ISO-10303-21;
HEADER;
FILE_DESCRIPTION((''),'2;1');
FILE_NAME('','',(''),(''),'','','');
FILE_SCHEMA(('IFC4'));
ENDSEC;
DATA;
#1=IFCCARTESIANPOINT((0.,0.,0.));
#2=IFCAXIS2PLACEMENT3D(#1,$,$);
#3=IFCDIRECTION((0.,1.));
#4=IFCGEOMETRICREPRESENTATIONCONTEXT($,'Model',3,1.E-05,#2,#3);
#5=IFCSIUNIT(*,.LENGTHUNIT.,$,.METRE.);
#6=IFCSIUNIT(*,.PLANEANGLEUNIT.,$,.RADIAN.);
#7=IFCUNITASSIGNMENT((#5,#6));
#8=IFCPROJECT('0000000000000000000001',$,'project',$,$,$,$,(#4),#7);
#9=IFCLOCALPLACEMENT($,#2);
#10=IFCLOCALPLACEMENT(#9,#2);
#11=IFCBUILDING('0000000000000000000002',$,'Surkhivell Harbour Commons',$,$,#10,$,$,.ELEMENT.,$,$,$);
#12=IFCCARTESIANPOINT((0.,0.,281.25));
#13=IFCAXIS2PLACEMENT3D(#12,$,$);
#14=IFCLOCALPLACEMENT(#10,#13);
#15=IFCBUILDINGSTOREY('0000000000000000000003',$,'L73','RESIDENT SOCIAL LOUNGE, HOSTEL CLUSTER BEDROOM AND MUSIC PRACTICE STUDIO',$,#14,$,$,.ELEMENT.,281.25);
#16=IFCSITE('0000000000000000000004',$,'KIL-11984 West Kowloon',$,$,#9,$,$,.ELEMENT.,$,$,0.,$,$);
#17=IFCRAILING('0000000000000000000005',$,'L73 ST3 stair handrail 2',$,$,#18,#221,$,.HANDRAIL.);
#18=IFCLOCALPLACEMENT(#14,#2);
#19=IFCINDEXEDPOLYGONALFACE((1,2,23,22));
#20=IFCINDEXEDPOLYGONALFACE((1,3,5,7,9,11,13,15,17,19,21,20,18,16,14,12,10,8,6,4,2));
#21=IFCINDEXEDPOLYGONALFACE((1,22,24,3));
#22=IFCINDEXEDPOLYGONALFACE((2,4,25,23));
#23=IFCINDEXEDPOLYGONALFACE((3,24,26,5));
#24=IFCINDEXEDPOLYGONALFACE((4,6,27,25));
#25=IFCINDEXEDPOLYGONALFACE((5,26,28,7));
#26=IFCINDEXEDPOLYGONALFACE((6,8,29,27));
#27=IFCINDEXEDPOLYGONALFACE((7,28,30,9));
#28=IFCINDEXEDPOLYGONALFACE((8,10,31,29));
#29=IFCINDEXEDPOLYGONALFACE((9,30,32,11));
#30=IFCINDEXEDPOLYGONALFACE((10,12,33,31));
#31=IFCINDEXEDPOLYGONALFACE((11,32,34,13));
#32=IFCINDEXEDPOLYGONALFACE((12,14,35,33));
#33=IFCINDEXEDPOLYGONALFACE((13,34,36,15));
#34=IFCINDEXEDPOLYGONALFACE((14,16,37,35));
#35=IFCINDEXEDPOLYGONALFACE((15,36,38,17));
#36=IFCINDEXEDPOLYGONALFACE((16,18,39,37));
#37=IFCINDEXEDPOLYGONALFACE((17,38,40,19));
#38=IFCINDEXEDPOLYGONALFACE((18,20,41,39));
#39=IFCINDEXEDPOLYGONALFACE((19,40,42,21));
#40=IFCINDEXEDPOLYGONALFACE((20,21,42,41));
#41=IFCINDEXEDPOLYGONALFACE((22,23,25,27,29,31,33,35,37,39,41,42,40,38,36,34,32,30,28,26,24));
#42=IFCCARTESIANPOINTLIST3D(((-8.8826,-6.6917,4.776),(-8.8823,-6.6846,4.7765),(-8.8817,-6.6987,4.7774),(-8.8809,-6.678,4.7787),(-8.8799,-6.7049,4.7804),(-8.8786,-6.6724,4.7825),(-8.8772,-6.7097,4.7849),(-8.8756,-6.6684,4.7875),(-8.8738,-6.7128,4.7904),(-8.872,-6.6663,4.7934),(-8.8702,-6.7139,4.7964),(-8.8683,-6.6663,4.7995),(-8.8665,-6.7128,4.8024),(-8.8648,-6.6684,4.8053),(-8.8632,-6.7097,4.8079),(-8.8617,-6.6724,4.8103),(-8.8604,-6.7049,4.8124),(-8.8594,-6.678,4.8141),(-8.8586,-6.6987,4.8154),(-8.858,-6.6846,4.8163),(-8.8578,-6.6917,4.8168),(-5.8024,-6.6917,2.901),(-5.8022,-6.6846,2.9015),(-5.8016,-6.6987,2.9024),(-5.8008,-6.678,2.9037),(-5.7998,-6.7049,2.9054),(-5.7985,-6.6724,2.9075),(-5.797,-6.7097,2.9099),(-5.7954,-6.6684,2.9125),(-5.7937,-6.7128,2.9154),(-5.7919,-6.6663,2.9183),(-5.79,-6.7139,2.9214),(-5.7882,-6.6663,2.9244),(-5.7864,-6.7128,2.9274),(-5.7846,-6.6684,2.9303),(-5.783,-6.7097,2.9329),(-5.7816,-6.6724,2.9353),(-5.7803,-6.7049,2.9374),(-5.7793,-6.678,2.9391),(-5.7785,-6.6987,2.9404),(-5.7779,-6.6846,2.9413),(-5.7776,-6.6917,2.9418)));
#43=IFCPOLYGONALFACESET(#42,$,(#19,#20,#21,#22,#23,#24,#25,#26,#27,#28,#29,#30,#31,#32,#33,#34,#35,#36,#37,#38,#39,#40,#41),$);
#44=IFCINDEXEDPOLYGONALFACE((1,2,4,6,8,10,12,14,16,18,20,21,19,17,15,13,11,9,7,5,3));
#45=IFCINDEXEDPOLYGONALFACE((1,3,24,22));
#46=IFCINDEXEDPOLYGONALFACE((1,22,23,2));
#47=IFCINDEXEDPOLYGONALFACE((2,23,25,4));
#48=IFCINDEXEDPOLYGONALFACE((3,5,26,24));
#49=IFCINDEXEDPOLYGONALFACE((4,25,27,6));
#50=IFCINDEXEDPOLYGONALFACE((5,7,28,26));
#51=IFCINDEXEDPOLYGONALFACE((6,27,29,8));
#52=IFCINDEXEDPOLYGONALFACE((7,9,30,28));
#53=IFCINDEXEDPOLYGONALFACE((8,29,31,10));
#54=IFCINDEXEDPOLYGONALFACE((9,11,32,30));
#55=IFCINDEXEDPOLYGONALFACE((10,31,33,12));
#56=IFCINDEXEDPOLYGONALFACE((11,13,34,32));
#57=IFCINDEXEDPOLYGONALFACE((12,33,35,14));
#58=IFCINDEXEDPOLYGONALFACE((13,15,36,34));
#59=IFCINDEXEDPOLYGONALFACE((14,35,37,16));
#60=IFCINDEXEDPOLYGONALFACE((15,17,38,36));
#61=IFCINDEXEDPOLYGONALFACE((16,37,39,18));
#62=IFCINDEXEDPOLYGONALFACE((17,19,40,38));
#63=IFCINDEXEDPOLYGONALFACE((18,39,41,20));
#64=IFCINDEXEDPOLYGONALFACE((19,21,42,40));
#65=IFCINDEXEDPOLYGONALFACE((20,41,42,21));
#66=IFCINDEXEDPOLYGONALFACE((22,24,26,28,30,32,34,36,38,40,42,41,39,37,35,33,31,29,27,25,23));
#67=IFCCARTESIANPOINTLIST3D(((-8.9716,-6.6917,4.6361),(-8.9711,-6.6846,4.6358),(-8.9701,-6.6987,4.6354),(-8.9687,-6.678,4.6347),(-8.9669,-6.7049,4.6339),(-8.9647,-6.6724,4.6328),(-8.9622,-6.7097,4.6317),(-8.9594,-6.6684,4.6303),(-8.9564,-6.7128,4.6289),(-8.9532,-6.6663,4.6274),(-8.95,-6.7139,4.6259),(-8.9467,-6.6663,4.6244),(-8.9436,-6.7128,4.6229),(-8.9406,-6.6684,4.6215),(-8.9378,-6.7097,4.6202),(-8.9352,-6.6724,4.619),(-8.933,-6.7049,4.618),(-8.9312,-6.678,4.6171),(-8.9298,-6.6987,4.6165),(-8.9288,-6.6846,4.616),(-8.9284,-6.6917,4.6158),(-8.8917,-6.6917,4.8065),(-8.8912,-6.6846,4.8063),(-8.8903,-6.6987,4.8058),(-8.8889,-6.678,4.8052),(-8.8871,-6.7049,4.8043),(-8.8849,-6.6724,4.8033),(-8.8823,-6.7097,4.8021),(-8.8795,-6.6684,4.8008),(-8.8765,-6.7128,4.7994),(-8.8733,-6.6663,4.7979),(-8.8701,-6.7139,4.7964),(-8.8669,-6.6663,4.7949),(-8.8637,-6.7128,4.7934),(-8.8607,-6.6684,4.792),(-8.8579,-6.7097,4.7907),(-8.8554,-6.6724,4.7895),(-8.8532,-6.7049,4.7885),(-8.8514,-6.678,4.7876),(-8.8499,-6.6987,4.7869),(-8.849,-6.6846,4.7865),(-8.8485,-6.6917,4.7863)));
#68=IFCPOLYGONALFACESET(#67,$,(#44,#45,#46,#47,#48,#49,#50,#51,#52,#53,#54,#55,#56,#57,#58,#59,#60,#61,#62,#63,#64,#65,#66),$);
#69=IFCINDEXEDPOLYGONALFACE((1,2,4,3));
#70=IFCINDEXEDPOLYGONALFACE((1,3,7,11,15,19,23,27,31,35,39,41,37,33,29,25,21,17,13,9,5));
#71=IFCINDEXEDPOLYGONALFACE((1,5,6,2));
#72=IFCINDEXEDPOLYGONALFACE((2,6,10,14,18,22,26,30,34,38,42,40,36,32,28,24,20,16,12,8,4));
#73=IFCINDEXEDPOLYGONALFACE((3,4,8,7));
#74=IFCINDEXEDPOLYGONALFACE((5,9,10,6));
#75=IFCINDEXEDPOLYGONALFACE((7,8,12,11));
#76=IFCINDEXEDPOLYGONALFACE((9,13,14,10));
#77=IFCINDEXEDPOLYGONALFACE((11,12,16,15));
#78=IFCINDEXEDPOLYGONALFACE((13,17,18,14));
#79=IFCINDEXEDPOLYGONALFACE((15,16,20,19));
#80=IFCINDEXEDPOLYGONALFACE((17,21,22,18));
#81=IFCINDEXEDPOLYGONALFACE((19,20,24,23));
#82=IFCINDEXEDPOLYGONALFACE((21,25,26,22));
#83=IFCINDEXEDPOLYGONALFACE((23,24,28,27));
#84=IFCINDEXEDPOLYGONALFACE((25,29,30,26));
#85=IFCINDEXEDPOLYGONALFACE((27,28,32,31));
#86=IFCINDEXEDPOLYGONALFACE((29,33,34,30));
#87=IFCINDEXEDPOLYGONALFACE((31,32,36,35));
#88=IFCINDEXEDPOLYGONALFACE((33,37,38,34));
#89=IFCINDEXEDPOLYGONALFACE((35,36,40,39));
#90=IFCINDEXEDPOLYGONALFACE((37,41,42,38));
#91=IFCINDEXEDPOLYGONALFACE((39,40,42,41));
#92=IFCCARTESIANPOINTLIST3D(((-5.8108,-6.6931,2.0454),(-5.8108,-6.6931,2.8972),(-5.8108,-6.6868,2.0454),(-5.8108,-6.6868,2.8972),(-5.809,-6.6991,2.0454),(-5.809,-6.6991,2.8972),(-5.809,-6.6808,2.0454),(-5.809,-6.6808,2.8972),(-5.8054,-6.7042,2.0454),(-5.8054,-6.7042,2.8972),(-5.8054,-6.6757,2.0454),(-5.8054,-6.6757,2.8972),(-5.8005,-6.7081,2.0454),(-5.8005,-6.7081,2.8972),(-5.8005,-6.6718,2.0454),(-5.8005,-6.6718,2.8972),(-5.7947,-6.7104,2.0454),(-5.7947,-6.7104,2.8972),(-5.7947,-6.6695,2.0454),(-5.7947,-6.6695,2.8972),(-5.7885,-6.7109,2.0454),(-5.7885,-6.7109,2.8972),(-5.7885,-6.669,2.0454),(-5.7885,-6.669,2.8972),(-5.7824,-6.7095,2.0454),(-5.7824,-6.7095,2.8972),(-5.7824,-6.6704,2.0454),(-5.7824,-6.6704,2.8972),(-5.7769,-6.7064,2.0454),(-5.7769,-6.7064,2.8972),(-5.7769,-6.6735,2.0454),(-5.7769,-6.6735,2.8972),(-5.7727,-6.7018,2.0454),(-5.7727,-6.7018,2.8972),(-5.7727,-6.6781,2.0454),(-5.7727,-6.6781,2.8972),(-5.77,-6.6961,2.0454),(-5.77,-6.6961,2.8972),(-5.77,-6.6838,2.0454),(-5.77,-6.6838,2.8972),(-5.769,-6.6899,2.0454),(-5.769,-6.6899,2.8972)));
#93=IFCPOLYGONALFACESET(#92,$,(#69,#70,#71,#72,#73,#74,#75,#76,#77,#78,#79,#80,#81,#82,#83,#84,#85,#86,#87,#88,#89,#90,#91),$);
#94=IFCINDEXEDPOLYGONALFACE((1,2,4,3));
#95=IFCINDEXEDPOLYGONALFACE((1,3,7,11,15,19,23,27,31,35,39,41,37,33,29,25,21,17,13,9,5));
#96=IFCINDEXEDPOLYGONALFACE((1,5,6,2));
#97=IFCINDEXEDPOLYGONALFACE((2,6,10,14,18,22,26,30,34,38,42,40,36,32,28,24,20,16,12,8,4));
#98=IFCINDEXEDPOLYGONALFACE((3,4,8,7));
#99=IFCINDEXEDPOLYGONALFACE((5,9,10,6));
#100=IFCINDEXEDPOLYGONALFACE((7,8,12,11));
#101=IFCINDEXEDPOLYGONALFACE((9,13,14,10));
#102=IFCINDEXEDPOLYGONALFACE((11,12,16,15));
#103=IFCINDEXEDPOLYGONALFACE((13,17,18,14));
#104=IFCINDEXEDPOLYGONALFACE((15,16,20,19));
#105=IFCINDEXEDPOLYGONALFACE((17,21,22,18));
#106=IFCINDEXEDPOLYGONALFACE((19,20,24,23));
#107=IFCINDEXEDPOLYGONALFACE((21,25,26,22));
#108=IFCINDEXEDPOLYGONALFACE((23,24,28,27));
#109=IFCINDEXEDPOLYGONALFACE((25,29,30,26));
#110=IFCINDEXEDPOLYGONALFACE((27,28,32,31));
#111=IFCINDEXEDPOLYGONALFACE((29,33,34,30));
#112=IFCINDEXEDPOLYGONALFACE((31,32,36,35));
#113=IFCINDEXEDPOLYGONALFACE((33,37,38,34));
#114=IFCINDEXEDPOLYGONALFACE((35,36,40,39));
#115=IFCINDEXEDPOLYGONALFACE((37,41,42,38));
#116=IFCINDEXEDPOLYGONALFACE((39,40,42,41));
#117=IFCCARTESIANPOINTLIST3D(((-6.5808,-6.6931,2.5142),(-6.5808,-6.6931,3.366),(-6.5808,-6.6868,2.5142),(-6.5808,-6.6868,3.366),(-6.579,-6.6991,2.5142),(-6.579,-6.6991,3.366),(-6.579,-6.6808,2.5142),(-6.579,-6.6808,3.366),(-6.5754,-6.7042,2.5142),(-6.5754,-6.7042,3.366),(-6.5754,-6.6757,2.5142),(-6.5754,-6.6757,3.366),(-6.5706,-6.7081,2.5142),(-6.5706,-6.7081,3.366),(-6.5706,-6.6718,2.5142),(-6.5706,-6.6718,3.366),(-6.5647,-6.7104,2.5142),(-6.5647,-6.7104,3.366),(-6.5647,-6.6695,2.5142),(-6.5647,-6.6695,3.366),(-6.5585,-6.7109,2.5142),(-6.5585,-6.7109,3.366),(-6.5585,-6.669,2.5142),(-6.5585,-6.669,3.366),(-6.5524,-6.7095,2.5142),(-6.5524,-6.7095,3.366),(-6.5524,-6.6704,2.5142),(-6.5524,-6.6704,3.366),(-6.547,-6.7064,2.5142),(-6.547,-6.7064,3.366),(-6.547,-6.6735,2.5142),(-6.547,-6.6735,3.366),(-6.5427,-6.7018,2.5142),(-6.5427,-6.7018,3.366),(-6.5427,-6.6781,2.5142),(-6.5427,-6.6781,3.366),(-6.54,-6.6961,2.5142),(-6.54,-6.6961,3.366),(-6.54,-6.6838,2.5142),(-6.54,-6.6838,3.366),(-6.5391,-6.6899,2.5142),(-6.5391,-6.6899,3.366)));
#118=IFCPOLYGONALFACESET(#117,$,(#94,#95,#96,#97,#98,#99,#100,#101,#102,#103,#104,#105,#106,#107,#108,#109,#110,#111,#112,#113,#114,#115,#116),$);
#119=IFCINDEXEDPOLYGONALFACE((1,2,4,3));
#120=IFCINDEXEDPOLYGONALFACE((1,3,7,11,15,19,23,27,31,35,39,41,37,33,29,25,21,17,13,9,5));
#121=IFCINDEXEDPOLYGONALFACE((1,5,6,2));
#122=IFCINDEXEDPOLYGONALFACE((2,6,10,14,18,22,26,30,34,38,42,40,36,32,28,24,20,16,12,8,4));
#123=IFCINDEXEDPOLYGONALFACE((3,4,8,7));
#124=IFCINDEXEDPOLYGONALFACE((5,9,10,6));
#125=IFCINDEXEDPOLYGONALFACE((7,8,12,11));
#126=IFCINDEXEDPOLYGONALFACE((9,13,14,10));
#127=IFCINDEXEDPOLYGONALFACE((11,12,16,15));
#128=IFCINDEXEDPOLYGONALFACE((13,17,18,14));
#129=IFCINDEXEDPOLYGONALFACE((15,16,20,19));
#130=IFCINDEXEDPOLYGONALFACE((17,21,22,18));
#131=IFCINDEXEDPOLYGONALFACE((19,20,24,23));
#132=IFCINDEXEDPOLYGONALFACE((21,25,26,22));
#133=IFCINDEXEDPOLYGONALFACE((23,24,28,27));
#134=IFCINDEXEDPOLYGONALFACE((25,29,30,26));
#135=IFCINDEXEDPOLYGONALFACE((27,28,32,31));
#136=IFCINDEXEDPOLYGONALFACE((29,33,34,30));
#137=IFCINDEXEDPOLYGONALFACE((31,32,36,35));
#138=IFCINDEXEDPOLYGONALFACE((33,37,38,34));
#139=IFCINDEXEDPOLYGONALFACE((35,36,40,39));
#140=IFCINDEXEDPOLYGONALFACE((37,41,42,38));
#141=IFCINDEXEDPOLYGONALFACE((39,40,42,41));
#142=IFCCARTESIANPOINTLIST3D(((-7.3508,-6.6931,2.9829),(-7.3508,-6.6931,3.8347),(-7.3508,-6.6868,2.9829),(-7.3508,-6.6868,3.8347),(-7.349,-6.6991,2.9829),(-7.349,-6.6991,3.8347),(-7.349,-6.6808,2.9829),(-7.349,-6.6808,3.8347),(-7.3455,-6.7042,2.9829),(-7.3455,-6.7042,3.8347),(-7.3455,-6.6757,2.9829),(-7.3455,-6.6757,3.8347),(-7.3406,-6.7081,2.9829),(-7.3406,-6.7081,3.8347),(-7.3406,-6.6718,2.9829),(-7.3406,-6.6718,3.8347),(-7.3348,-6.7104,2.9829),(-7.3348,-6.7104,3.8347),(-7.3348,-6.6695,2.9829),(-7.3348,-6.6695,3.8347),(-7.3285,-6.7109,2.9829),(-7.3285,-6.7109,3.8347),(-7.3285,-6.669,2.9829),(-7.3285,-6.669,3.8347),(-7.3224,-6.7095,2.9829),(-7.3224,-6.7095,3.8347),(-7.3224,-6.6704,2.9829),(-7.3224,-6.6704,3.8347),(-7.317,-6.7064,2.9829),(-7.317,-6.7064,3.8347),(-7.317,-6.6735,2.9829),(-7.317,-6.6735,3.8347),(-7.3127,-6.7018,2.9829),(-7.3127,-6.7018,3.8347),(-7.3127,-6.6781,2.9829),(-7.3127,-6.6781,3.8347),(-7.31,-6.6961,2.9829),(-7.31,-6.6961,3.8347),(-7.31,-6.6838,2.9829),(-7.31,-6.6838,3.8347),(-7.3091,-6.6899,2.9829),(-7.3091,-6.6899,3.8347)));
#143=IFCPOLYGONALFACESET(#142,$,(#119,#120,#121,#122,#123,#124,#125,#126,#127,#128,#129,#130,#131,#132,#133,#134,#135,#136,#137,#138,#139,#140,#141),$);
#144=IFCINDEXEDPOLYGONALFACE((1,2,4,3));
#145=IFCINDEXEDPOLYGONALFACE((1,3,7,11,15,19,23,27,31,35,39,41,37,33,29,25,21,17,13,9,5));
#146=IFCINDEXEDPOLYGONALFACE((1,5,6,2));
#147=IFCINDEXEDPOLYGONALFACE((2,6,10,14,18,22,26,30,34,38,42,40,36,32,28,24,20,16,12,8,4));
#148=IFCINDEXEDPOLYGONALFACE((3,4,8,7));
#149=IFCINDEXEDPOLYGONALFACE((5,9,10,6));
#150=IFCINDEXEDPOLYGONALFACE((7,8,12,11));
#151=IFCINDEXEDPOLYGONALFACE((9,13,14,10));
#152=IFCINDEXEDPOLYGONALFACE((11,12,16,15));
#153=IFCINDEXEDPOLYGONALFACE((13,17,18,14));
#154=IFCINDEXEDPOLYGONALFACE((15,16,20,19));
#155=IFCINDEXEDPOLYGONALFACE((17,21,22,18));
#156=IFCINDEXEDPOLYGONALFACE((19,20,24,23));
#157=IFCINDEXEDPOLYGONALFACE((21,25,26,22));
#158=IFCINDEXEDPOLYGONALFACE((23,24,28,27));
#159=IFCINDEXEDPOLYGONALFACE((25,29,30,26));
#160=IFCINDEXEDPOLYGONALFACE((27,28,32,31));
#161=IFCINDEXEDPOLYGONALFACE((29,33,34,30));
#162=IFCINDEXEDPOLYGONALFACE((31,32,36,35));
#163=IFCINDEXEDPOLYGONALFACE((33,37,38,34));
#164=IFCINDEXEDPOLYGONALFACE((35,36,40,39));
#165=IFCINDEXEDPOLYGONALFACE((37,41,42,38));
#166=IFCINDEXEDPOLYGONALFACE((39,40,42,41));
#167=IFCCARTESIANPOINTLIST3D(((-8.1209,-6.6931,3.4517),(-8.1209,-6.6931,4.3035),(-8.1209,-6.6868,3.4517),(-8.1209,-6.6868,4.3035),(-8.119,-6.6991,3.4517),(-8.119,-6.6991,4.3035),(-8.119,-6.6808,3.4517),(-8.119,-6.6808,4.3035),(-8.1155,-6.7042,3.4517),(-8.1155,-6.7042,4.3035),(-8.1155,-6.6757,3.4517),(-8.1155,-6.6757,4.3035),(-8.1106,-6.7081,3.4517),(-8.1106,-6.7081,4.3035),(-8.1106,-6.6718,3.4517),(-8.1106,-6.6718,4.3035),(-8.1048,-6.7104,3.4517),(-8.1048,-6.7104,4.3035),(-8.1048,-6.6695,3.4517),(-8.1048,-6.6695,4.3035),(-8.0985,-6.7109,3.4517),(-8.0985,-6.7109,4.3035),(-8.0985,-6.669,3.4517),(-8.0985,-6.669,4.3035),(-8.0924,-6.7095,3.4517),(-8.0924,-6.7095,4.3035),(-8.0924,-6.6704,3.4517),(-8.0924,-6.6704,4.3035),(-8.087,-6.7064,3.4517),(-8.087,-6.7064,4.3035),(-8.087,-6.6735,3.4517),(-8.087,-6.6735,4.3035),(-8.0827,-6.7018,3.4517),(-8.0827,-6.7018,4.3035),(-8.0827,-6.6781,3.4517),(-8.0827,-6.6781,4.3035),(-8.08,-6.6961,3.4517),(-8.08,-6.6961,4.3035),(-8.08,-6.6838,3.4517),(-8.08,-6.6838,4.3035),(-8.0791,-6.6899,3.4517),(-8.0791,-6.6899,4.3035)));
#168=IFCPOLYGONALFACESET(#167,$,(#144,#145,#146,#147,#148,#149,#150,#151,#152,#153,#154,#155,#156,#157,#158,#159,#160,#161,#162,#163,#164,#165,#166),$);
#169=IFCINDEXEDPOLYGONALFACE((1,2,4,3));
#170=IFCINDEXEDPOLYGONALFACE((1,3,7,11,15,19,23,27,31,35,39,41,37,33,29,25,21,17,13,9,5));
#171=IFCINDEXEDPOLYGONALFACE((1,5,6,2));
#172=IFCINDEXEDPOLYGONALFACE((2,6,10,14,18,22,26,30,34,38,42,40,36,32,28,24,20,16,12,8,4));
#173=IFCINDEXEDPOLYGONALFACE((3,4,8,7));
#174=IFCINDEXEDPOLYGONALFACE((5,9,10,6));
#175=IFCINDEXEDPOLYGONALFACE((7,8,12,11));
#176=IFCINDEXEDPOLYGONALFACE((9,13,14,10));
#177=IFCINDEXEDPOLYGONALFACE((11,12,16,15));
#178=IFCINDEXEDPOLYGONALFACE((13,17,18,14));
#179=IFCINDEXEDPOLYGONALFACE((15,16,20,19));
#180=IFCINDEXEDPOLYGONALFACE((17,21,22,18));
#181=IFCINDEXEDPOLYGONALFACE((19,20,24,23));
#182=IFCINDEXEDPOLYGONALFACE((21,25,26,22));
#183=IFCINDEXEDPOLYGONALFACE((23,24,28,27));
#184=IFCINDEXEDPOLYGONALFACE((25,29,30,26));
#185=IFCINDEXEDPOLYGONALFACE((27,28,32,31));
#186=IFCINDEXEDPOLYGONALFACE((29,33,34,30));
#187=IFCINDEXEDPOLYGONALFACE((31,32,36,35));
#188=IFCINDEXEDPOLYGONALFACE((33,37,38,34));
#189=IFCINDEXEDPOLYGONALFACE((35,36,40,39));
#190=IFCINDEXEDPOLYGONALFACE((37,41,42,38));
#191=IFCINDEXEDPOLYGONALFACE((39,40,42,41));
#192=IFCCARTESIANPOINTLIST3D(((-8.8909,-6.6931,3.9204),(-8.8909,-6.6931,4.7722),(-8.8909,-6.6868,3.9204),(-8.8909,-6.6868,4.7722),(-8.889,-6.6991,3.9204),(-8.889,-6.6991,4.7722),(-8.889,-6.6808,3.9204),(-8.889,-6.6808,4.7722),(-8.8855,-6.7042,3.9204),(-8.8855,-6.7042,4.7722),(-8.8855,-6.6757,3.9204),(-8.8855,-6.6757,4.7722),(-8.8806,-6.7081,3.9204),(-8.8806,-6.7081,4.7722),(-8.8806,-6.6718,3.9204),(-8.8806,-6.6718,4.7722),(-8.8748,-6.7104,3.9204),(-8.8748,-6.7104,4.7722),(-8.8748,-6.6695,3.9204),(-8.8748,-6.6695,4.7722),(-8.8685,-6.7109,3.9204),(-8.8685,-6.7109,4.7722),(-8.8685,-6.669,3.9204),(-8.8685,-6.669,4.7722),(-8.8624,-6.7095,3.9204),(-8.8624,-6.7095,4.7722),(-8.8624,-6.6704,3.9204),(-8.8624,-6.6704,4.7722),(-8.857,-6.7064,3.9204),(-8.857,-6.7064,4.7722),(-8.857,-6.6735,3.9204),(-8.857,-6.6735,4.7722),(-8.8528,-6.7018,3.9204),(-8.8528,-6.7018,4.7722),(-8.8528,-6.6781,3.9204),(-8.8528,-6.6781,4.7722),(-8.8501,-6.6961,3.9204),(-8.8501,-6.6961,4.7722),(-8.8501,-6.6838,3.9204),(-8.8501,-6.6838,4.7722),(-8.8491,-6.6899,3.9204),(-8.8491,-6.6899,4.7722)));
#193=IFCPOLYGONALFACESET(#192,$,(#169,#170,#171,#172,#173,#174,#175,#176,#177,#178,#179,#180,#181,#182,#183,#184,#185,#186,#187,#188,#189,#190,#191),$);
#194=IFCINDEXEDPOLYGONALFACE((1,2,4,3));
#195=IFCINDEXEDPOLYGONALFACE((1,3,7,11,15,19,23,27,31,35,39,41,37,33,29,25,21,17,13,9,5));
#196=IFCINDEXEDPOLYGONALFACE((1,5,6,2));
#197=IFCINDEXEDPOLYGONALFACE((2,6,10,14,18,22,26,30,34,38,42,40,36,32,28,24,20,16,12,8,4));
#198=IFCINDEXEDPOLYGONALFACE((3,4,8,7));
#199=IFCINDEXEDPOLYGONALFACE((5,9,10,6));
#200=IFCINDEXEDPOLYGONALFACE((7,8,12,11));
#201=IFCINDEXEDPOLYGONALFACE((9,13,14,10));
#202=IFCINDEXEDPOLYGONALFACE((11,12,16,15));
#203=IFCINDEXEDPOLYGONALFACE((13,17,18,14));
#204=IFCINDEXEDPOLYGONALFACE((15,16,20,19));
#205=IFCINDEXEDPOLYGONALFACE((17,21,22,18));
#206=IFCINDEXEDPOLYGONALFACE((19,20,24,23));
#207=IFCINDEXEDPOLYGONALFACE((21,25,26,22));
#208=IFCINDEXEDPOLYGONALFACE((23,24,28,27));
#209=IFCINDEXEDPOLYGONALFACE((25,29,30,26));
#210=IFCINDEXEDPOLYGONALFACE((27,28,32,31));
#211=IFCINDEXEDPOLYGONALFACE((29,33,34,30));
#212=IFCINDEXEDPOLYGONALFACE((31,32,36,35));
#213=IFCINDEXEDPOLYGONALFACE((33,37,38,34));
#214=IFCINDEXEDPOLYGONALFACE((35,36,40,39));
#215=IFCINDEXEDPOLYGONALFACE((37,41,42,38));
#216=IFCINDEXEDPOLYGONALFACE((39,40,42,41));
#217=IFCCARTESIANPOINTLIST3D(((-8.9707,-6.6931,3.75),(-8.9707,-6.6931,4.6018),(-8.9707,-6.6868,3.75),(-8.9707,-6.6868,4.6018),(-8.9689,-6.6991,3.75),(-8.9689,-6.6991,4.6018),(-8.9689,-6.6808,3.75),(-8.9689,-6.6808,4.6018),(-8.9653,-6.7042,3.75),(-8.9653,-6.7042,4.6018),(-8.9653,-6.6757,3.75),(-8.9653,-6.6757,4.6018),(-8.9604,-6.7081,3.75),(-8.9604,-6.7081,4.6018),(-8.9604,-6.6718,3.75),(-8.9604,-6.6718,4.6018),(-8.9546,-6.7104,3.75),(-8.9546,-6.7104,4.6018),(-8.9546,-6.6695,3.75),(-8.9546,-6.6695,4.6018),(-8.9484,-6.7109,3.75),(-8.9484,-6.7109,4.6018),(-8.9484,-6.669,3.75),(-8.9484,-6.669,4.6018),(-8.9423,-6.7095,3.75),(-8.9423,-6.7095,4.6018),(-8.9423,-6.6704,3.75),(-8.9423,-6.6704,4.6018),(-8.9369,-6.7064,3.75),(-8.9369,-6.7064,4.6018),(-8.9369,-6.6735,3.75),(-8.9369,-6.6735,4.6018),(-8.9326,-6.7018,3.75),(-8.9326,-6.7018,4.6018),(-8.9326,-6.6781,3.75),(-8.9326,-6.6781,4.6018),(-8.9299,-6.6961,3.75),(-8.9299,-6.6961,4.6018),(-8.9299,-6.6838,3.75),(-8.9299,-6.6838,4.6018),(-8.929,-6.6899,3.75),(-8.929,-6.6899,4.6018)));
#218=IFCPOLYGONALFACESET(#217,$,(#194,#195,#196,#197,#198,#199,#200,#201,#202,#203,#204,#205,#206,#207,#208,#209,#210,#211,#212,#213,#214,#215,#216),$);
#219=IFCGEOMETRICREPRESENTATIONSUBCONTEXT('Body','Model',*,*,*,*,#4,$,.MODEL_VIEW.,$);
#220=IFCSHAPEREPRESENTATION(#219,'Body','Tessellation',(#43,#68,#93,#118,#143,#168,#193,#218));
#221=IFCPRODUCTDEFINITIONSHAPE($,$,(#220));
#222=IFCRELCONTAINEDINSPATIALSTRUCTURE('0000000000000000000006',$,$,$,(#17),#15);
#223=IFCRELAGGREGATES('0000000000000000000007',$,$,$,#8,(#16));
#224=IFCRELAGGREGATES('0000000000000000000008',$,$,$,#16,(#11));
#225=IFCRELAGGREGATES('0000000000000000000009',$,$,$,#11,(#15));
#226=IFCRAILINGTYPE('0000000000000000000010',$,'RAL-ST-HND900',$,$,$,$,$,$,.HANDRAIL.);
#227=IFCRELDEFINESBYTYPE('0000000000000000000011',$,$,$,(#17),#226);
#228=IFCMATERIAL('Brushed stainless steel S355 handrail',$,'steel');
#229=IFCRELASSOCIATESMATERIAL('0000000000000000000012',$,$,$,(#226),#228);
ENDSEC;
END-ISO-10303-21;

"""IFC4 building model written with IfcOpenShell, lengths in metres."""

from ifc_helpers import new_model, si_unit, direction, frame, origin, origin_2d, place, context, subcontext, project, spatial, circle, extrude, material, type_object, element, save


model = new_model("IFC4")

# Units and contexts
model_context = context("Model", 3, precision=1e-05, world=origin(), true_north=direction((0.0, 1.0)))
body_context = subcontext(model_context, "Body", "Model", "MODEL_VIEW")
ifc_project = project(units=[si_unit("LENGTHUNIT", "METRE"), si_unit("PLANEANGLEUNIT", "RADIAN")], contexts=[model_context])

# Site, building, storey
site_placement = place(None, origin())
site = spatial("IfcSite", under=ifc_project, at=site_placement, Name="KIL-11984 West Kowloon", CompositionType="ELEMENT", RefElevation=0.0)
building_placement = place(site_placement, origin())
building = spatial("IfcBuilding", under=site, at=building_placement, Name="Surkhivell Harbour Commons", CompositionType="ELEMENT")
storey_placement = place(building_placement, frame((0.0, 0.0, 281.25)))
storey = spatial("IfcBuildingStorey", under=building, at=storey_placement, Name="L73", Description="RESIDENT SOCIAL LOUNGE, HOSTEL CLUSTER BEDROOM AND MUSIC PRACTICE STUDIO", CompositionType="ELEMENT", Elevation=281.25)

# Railing
ifc_material_1 = material(Name="Brushed stainless steel S355 handrail", Category="steel")
railing_type_1 = type_object("IfcRailingType", Name="RAL-ST-HND900", PredefinedType="HANDRAIL", material=ifc_material_1)
railing_1_placement = place(storey_placement, frame((-5.79, -6.6899, 2.0454)))
element("IfcRailing", 1, at=railing_1_placement, inside=storey, type_object=railing_type_1, Name="L73 ST3 stair handrail 2", PredefinedType="HANDRAIL", context=body_context, shape_type="SweptSolid", body=[
    extrude(circle(Radius=0.0239, at=origin_2d()), frame((0.0, 0.0, 0.876), z_axis=(-0.854178, 0.0, 0.519981), x_axis=(0.0, -1.0, 0.0)), (0.0, 0.0, 1.0), 3.606),
    extrude(circle(Radius=0.0239, at=origin_2d()), frame((-3.0801, 0.0, 2.751), z_axis=(-0.424234, 0.0, -0.905552), x_axis=(0.0, -1.0, 0.0)), (0.0, 0.0, 1.0), 0.1882),
    extrude(circle(Radius=0.021, at=origin_2d()), origin(), (0.0, 0.0, 1.0), 0.8518),
    extrude(circle(Radius=0.021, at=origin_2d()), frame((-0.77, 0.0, 0.4688)), (0.0, 0.0, 1.0), 0.8518),
    extrude(circle(Radius=0.021, at=origin_2d()), frame((-1.54, 0.0, 0.9375)), (0.0, 0.0, 1.0), 0.8518),
    extrude(circle(Radius=0.021, at=origin_2d()), frame((-2.3101, 0.0, 1.4062)), (0.0, 0.0, 1.0), 0.8518),
    extrude(circle(Radius=0.021, at=origin_2d()), frame((-3.0801, 0.0, 1.875)), (0.0, 0.0, 1.0), 0.8518),
    extrude(circle(Radius=0.021, at=origin_2d()), frame((-3.1599, 0.0, 1.7046)), (0.0, 0.0, 1.0), 0.8518),
])

save(model, "model.ifc")
